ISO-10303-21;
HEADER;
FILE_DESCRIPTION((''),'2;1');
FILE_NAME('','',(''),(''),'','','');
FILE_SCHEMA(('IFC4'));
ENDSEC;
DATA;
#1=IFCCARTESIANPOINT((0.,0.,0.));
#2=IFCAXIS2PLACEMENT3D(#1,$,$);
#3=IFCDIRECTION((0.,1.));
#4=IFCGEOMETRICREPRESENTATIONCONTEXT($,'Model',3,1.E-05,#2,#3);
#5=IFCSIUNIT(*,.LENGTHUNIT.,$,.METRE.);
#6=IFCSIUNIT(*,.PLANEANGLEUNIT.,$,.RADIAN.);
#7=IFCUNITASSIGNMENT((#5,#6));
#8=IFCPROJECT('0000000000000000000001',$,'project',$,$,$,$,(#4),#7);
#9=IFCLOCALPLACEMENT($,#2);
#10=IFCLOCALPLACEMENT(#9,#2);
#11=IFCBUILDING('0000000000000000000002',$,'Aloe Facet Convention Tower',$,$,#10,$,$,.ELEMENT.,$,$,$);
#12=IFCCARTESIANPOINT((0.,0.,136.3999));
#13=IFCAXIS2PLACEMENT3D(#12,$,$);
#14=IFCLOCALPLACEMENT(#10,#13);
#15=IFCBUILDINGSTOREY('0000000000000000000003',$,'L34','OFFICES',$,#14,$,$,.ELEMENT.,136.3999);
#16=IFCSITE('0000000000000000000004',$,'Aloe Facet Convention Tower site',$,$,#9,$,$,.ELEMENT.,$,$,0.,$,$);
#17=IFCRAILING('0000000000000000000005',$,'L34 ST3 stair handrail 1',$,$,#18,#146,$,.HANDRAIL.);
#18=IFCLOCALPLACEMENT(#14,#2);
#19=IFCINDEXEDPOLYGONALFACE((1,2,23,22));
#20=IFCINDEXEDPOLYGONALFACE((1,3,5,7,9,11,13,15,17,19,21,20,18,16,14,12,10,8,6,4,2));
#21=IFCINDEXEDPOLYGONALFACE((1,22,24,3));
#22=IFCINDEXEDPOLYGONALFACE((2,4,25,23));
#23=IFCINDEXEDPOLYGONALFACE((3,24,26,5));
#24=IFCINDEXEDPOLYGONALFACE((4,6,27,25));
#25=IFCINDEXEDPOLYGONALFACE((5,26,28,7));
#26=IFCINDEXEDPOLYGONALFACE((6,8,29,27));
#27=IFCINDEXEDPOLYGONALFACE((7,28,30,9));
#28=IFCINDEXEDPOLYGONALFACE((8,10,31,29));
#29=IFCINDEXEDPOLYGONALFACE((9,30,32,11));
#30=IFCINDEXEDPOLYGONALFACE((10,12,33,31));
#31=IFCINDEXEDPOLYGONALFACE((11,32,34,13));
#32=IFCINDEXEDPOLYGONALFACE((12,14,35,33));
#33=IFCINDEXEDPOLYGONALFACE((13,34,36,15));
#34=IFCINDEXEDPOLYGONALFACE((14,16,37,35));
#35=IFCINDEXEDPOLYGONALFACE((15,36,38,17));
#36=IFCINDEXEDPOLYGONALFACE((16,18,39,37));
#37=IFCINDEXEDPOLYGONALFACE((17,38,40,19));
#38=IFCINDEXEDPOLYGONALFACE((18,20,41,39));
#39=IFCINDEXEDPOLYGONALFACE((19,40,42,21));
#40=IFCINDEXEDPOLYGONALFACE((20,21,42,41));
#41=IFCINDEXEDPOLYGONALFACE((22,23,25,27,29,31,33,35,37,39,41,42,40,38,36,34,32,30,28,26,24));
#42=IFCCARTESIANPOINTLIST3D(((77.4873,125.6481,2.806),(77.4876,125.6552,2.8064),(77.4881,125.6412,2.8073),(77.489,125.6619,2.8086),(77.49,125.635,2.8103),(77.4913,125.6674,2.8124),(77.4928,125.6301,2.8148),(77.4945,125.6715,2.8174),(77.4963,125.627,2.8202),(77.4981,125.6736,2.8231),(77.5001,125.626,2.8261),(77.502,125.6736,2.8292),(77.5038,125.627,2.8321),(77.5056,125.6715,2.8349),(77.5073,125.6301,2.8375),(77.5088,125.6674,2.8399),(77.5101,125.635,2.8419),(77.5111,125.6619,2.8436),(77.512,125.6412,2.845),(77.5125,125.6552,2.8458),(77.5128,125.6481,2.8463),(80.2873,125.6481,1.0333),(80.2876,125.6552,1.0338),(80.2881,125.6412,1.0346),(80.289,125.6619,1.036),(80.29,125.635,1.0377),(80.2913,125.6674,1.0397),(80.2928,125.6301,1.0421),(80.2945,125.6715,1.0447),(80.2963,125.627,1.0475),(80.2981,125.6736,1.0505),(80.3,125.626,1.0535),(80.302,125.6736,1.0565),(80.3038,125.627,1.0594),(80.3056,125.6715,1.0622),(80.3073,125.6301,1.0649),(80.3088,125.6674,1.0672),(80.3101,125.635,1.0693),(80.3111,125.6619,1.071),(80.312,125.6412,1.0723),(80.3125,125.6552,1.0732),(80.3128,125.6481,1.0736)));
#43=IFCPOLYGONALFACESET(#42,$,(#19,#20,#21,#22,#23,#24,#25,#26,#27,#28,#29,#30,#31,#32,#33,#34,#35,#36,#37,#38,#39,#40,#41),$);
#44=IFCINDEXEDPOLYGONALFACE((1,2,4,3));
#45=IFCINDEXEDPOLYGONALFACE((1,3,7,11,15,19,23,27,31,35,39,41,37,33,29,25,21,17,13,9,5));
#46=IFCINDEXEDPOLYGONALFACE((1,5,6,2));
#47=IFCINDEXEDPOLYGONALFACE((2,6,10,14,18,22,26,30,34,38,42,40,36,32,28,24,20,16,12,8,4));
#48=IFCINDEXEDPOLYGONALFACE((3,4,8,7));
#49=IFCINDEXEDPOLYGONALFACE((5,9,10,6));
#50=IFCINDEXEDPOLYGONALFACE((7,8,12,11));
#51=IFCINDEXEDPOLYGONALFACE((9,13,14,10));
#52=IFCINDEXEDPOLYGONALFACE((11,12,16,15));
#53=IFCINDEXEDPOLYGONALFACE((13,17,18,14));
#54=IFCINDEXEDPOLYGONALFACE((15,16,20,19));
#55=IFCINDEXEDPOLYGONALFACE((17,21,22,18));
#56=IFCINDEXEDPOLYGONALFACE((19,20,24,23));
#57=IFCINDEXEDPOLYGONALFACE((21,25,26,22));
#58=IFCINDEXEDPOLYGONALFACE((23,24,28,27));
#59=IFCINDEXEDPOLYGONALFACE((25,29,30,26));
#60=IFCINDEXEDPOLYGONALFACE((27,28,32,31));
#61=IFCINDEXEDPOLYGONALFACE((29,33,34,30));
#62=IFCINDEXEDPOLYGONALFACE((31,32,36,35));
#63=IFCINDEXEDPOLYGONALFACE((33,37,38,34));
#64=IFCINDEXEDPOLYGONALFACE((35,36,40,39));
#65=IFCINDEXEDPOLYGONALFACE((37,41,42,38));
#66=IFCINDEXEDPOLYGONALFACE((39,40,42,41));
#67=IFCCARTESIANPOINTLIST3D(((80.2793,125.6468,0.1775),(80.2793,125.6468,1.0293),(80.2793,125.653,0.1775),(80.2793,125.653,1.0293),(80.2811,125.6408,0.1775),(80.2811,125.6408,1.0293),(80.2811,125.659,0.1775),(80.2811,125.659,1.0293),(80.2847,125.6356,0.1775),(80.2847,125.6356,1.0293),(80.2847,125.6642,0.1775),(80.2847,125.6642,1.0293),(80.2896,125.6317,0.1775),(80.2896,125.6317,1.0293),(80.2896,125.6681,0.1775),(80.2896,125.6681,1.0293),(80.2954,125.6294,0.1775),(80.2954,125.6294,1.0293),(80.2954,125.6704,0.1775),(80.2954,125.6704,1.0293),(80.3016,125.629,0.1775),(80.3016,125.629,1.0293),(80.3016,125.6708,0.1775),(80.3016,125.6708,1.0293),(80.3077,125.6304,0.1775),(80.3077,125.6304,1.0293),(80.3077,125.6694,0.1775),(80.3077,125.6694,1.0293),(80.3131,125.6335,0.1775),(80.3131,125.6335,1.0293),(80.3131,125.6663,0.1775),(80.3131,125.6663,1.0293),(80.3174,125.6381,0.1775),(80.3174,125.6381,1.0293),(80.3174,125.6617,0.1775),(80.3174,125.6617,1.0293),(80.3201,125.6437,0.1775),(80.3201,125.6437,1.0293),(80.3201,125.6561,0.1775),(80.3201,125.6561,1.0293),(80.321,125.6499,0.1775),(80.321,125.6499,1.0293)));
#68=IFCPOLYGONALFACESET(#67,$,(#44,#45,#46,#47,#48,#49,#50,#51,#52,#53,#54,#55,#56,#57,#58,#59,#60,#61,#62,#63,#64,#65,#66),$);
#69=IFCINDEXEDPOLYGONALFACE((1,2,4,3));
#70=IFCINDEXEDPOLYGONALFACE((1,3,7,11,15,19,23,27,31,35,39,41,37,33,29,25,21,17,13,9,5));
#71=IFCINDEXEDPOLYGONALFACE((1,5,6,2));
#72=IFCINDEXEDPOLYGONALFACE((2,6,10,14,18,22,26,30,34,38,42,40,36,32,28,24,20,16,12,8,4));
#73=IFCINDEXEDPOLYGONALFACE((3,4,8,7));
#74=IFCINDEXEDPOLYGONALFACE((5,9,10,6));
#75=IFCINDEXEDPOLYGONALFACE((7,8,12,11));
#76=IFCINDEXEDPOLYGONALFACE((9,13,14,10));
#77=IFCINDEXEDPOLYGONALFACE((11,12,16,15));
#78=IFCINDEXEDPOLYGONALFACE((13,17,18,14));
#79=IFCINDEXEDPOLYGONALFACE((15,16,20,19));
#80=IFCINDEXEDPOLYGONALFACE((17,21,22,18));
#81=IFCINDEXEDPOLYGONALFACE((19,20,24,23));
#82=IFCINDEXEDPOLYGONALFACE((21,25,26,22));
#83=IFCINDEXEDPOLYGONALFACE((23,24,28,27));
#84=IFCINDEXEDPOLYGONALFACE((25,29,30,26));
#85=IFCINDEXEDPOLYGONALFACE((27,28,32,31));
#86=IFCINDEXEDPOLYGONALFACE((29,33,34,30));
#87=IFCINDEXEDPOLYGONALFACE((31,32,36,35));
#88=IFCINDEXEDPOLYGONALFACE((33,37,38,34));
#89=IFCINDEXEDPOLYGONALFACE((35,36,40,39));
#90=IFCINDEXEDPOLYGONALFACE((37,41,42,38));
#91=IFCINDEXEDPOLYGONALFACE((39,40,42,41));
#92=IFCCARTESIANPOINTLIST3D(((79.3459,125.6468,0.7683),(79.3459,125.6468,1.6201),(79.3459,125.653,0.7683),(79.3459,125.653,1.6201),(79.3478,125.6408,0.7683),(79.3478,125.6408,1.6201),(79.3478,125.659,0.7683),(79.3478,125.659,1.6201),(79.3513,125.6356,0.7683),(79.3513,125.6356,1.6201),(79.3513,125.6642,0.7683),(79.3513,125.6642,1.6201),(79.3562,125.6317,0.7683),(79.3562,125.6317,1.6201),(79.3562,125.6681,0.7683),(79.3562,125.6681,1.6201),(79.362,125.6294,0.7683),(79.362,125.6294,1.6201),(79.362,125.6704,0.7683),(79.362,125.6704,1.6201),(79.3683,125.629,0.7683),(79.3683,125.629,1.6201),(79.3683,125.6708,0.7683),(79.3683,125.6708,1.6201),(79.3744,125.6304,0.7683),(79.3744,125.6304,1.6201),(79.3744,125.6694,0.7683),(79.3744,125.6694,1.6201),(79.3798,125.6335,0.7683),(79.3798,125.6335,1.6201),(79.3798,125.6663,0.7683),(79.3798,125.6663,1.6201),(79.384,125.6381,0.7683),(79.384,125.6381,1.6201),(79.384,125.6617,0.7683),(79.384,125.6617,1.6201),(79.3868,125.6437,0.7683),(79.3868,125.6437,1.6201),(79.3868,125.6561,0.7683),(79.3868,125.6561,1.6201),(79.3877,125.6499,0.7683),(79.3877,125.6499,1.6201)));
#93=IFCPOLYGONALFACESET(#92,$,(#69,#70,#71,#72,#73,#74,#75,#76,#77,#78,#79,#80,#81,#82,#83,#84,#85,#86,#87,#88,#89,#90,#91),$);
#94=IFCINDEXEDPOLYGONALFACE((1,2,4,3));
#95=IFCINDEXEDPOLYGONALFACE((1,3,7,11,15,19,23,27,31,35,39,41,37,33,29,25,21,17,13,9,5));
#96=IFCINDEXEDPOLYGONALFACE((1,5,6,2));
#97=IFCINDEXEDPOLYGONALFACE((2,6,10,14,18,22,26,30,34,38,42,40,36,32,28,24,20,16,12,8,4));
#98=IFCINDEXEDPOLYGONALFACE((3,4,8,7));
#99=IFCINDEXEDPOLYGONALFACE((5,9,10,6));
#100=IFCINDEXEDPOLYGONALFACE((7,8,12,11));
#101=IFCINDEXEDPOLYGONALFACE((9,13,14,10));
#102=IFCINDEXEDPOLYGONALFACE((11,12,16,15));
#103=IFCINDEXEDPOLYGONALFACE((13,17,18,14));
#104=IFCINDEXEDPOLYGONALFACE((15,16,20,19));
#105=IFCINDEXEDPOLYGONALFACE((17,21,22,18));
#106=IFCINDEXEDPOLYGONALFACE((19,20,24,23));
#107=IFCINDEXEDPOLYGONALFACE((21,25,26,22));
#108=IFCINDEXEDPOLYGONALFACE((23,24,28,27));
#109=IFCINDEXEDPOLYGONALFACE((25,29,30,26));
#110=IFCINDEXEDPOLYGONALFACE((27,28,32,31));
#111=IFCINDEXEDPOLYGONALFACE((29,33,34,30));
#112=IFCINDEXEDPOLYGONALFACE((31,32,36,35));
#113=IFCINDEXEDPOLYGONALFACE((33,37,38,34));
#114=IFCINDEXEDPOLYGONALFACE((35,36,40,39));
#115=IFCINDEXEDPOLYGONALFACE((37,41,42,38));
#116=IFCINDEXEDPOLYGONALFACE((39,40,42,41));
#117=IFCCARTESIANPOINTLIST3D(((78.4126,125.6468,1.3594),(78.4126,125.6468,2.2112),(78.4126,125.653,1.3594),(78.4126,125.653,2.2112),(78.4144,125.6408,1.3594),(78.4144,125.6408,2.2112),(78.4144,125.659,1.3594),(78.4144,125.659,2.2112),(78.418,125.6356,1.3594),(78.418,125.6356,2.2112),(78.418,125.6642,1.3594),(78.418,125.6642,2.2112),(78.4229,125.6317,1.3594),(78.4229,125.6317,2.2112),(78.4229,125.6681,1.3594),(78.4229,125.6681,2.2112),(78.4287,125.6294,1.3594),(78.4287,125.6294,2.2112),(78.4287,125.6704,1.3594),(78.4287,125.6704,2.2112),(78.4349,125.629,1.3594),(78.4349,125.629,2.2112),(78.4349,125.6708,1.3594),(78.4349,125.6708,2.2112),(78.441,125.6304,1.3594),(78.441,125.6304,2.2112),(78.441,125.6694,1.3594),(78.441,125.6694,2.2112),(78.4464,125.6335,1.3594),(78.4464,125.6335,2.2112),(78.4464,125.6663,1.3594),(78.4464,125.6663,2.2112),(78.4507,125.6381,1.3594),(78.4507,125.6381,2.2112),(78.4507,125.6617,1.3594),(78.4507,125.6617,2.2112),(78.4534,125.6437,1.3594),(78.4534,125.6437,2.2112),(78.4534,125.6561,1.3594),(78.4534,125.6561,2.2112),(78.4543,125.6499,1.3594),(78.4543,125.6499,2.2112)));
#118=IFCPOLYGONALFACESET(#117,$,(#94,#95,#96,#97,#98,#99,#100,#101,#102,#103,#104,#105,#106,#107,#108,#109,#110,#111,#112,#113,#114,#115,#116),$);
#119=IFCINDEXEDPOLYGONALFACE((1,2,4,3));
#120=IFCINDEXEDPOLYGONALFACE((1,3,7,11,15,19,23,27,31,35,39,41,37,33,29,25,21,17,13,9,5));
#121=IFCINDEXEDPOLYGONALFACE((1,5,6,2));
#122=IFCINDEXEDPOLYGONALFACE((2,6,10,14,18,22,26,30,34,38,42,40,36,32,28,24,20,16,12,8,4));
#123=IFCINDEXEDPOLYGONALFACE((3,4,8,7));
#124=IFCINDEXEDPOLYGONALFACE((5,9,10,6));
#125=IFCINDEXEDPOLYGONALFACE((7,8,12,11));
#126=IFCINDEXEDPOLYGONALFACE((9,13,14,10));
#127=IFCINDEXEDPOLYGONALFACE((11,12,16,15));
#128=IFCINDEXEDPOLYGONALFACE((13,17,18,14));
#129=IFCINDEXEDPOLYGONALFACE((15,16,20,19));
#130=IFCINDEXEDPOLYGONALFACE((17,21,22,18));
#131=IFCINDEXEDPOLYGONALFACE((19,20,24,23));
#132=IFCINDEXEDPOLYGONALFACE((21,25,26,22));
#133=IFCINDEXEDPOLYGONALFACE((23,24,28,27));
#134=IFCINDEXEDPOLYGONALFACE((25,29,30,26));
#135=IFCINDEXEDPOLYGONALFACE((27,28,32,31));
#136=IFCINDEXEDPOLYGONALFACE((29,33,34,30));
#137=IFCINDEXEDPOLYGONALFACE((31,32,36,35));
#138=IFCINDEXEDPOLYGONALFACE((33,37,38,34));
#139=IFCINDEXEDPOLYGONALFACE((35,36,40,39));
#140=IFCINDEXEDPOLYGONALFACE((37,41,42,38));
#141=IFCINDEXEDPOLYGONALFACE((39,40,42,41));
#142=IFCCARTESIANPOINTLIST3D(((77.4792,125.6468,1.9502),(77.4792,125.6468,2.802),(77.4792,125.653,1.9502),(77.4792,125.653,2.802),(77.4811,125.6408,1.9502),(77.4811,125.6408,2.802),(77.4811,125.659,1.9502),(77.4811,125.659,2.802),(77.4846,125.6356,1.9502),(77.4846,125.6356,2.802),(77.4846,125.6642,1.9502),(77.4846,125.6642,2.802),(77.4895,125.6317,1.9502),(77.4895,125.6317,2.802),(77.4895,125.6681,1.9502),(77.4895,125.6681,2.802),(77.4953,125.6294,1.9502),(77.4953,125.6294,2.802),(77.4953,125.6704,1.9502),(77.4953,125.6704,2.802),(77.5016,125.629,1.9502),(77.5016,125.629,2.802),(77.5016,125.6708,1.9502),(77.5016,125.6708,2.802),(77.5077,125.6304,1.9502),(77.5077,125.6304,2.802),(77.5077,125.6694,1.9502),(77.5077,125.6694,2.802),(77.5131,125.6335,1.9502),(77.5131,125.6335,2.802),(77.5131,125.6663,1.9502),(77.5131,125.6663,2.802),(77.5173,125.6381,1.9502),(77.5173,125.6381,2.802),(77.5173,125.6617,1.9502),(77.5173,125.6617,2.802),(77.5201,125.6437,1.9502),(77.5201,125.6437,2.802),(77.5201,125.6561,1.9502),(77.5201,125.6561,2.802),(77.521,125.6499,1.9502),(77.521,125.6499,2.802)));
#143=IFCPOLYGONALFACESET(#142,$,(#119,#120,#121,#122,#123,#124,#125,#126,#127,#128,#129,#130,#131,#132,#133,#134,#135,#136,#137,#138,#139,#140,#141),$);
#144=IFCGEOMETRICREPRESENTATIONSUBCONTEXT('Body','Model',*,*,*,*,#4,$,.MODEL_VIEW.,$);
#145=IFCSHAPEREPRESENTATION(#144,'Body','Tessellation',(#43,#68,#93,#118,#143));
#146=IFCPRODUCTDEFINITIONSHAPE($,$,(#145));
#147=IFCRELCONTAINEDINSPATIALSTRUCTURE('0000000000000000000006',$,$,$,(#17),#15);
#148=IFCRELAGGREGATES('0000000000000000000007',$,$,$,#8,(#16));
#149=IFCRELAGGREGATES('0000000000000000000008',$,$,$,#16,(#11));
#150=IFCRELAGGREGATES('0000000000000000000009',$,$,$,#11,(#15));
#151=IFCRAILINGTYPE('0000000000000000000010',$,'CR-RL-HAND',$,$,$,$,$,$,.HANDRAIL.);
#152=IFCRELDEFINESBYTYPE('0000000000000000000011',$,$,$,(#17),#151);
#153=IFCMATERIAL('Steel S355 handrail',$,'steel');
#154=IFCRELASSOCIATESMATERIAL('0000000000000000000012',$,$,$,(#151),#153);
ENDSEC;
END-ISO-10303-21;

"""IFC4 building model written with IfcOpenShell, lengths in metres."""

from ifc_helpers import new_model, si_unit, direction, frame, origin, origin_2d, place, context, subcontext, project, spatial, circle, extrude, material, type_object, element, save


model = new_model("IFC4")

# Units and contexts
model_context = context("Model", 3, precision=1e-05, world=origin(), true_north=direction((0.0, 1.0)))
body_context = subcontext(model_context, "Body", "Model", "MODEL_VIEW")
ifc_project = project(units=[si_unit("LENGTHUNIT", "METRE"), si_unit("PLANEANGLEUNIT", "RADIAN")], contexts=[model_context])

# Site, building, storey
site_placement = place(None, origin())
site = spatial("IfcSite", under=ifc_project, at=site_placement, Name="Aloe Facet Convention Tower site", CompositionType="ELEMENT", RefElevation=0.0)
building_placement = place(site_placement, origin())
building = spatial("IfcBuilding", under=site, at=building_placement, Name="Aloe Facet Convention Tower", CompositionType="ELEMENT")
storey_placement = place(building_placement, frame((0.0, 0.0, 136.3999)))
storey = spatial("IfcBuildingStorey", under=building, at=storey_placement, Name="L34", Description="OFFICES", CompositionType="ELEMENT", Elevation=136.3999)

# Railing
ifc_material_1 = material(Name="Steel S355 handrail", Category="steel")
railing_type_1 = type_object("IfcRailingType", Name="CR-RL-HAND", PredefinedType="HANDRAIL", material=ifc_material_1)
railing_1_placement = place(storey_placement, frame((80.3, 125.6499, 0.1775)))
element("IfcRailing", 1, at=railing_1_placement, inside=storey, type_object=railing_type_1, Name="L34 ST3 stair handrail 1", PredefinedType="HANDRAIL", context=body_context, shape_type="SweptSolid", body=[
    extrude(circle(Radius=0.0239, at=origin_2d()), frame((0.0, 0.0, 0.876), z_axis=(-0.844909, 0.0, 0.53491), x_axis=(0.0, -1.0, 0.0)), (0.0, 0.0, 1.0), 3.314),
    extrude(circle(Radius=0.021, at=origin_2d()), origin(), (0.0, 0.0, 1.0), 0.8518),
    extrude(circle(Radius=0.021, at=origin_2d()), frame((-0.9333, 0.0, 0.5908)), (0.0, 0.0, 1.0), 0.8518),
    extrude(circle(Radius=0.021, at=origin_2d()), frame((-1.8667, 0.0, 1.1819)), (0.0, 0.0, 1.0), 0.8518),
    extrude(circle(Radius=0.021, at=origin_2d()), frame((-2.8, 0.0, 1.7727)), (0.0, 0.0, 1.0), 0.8518),
])

save(model, "model.ifc")
